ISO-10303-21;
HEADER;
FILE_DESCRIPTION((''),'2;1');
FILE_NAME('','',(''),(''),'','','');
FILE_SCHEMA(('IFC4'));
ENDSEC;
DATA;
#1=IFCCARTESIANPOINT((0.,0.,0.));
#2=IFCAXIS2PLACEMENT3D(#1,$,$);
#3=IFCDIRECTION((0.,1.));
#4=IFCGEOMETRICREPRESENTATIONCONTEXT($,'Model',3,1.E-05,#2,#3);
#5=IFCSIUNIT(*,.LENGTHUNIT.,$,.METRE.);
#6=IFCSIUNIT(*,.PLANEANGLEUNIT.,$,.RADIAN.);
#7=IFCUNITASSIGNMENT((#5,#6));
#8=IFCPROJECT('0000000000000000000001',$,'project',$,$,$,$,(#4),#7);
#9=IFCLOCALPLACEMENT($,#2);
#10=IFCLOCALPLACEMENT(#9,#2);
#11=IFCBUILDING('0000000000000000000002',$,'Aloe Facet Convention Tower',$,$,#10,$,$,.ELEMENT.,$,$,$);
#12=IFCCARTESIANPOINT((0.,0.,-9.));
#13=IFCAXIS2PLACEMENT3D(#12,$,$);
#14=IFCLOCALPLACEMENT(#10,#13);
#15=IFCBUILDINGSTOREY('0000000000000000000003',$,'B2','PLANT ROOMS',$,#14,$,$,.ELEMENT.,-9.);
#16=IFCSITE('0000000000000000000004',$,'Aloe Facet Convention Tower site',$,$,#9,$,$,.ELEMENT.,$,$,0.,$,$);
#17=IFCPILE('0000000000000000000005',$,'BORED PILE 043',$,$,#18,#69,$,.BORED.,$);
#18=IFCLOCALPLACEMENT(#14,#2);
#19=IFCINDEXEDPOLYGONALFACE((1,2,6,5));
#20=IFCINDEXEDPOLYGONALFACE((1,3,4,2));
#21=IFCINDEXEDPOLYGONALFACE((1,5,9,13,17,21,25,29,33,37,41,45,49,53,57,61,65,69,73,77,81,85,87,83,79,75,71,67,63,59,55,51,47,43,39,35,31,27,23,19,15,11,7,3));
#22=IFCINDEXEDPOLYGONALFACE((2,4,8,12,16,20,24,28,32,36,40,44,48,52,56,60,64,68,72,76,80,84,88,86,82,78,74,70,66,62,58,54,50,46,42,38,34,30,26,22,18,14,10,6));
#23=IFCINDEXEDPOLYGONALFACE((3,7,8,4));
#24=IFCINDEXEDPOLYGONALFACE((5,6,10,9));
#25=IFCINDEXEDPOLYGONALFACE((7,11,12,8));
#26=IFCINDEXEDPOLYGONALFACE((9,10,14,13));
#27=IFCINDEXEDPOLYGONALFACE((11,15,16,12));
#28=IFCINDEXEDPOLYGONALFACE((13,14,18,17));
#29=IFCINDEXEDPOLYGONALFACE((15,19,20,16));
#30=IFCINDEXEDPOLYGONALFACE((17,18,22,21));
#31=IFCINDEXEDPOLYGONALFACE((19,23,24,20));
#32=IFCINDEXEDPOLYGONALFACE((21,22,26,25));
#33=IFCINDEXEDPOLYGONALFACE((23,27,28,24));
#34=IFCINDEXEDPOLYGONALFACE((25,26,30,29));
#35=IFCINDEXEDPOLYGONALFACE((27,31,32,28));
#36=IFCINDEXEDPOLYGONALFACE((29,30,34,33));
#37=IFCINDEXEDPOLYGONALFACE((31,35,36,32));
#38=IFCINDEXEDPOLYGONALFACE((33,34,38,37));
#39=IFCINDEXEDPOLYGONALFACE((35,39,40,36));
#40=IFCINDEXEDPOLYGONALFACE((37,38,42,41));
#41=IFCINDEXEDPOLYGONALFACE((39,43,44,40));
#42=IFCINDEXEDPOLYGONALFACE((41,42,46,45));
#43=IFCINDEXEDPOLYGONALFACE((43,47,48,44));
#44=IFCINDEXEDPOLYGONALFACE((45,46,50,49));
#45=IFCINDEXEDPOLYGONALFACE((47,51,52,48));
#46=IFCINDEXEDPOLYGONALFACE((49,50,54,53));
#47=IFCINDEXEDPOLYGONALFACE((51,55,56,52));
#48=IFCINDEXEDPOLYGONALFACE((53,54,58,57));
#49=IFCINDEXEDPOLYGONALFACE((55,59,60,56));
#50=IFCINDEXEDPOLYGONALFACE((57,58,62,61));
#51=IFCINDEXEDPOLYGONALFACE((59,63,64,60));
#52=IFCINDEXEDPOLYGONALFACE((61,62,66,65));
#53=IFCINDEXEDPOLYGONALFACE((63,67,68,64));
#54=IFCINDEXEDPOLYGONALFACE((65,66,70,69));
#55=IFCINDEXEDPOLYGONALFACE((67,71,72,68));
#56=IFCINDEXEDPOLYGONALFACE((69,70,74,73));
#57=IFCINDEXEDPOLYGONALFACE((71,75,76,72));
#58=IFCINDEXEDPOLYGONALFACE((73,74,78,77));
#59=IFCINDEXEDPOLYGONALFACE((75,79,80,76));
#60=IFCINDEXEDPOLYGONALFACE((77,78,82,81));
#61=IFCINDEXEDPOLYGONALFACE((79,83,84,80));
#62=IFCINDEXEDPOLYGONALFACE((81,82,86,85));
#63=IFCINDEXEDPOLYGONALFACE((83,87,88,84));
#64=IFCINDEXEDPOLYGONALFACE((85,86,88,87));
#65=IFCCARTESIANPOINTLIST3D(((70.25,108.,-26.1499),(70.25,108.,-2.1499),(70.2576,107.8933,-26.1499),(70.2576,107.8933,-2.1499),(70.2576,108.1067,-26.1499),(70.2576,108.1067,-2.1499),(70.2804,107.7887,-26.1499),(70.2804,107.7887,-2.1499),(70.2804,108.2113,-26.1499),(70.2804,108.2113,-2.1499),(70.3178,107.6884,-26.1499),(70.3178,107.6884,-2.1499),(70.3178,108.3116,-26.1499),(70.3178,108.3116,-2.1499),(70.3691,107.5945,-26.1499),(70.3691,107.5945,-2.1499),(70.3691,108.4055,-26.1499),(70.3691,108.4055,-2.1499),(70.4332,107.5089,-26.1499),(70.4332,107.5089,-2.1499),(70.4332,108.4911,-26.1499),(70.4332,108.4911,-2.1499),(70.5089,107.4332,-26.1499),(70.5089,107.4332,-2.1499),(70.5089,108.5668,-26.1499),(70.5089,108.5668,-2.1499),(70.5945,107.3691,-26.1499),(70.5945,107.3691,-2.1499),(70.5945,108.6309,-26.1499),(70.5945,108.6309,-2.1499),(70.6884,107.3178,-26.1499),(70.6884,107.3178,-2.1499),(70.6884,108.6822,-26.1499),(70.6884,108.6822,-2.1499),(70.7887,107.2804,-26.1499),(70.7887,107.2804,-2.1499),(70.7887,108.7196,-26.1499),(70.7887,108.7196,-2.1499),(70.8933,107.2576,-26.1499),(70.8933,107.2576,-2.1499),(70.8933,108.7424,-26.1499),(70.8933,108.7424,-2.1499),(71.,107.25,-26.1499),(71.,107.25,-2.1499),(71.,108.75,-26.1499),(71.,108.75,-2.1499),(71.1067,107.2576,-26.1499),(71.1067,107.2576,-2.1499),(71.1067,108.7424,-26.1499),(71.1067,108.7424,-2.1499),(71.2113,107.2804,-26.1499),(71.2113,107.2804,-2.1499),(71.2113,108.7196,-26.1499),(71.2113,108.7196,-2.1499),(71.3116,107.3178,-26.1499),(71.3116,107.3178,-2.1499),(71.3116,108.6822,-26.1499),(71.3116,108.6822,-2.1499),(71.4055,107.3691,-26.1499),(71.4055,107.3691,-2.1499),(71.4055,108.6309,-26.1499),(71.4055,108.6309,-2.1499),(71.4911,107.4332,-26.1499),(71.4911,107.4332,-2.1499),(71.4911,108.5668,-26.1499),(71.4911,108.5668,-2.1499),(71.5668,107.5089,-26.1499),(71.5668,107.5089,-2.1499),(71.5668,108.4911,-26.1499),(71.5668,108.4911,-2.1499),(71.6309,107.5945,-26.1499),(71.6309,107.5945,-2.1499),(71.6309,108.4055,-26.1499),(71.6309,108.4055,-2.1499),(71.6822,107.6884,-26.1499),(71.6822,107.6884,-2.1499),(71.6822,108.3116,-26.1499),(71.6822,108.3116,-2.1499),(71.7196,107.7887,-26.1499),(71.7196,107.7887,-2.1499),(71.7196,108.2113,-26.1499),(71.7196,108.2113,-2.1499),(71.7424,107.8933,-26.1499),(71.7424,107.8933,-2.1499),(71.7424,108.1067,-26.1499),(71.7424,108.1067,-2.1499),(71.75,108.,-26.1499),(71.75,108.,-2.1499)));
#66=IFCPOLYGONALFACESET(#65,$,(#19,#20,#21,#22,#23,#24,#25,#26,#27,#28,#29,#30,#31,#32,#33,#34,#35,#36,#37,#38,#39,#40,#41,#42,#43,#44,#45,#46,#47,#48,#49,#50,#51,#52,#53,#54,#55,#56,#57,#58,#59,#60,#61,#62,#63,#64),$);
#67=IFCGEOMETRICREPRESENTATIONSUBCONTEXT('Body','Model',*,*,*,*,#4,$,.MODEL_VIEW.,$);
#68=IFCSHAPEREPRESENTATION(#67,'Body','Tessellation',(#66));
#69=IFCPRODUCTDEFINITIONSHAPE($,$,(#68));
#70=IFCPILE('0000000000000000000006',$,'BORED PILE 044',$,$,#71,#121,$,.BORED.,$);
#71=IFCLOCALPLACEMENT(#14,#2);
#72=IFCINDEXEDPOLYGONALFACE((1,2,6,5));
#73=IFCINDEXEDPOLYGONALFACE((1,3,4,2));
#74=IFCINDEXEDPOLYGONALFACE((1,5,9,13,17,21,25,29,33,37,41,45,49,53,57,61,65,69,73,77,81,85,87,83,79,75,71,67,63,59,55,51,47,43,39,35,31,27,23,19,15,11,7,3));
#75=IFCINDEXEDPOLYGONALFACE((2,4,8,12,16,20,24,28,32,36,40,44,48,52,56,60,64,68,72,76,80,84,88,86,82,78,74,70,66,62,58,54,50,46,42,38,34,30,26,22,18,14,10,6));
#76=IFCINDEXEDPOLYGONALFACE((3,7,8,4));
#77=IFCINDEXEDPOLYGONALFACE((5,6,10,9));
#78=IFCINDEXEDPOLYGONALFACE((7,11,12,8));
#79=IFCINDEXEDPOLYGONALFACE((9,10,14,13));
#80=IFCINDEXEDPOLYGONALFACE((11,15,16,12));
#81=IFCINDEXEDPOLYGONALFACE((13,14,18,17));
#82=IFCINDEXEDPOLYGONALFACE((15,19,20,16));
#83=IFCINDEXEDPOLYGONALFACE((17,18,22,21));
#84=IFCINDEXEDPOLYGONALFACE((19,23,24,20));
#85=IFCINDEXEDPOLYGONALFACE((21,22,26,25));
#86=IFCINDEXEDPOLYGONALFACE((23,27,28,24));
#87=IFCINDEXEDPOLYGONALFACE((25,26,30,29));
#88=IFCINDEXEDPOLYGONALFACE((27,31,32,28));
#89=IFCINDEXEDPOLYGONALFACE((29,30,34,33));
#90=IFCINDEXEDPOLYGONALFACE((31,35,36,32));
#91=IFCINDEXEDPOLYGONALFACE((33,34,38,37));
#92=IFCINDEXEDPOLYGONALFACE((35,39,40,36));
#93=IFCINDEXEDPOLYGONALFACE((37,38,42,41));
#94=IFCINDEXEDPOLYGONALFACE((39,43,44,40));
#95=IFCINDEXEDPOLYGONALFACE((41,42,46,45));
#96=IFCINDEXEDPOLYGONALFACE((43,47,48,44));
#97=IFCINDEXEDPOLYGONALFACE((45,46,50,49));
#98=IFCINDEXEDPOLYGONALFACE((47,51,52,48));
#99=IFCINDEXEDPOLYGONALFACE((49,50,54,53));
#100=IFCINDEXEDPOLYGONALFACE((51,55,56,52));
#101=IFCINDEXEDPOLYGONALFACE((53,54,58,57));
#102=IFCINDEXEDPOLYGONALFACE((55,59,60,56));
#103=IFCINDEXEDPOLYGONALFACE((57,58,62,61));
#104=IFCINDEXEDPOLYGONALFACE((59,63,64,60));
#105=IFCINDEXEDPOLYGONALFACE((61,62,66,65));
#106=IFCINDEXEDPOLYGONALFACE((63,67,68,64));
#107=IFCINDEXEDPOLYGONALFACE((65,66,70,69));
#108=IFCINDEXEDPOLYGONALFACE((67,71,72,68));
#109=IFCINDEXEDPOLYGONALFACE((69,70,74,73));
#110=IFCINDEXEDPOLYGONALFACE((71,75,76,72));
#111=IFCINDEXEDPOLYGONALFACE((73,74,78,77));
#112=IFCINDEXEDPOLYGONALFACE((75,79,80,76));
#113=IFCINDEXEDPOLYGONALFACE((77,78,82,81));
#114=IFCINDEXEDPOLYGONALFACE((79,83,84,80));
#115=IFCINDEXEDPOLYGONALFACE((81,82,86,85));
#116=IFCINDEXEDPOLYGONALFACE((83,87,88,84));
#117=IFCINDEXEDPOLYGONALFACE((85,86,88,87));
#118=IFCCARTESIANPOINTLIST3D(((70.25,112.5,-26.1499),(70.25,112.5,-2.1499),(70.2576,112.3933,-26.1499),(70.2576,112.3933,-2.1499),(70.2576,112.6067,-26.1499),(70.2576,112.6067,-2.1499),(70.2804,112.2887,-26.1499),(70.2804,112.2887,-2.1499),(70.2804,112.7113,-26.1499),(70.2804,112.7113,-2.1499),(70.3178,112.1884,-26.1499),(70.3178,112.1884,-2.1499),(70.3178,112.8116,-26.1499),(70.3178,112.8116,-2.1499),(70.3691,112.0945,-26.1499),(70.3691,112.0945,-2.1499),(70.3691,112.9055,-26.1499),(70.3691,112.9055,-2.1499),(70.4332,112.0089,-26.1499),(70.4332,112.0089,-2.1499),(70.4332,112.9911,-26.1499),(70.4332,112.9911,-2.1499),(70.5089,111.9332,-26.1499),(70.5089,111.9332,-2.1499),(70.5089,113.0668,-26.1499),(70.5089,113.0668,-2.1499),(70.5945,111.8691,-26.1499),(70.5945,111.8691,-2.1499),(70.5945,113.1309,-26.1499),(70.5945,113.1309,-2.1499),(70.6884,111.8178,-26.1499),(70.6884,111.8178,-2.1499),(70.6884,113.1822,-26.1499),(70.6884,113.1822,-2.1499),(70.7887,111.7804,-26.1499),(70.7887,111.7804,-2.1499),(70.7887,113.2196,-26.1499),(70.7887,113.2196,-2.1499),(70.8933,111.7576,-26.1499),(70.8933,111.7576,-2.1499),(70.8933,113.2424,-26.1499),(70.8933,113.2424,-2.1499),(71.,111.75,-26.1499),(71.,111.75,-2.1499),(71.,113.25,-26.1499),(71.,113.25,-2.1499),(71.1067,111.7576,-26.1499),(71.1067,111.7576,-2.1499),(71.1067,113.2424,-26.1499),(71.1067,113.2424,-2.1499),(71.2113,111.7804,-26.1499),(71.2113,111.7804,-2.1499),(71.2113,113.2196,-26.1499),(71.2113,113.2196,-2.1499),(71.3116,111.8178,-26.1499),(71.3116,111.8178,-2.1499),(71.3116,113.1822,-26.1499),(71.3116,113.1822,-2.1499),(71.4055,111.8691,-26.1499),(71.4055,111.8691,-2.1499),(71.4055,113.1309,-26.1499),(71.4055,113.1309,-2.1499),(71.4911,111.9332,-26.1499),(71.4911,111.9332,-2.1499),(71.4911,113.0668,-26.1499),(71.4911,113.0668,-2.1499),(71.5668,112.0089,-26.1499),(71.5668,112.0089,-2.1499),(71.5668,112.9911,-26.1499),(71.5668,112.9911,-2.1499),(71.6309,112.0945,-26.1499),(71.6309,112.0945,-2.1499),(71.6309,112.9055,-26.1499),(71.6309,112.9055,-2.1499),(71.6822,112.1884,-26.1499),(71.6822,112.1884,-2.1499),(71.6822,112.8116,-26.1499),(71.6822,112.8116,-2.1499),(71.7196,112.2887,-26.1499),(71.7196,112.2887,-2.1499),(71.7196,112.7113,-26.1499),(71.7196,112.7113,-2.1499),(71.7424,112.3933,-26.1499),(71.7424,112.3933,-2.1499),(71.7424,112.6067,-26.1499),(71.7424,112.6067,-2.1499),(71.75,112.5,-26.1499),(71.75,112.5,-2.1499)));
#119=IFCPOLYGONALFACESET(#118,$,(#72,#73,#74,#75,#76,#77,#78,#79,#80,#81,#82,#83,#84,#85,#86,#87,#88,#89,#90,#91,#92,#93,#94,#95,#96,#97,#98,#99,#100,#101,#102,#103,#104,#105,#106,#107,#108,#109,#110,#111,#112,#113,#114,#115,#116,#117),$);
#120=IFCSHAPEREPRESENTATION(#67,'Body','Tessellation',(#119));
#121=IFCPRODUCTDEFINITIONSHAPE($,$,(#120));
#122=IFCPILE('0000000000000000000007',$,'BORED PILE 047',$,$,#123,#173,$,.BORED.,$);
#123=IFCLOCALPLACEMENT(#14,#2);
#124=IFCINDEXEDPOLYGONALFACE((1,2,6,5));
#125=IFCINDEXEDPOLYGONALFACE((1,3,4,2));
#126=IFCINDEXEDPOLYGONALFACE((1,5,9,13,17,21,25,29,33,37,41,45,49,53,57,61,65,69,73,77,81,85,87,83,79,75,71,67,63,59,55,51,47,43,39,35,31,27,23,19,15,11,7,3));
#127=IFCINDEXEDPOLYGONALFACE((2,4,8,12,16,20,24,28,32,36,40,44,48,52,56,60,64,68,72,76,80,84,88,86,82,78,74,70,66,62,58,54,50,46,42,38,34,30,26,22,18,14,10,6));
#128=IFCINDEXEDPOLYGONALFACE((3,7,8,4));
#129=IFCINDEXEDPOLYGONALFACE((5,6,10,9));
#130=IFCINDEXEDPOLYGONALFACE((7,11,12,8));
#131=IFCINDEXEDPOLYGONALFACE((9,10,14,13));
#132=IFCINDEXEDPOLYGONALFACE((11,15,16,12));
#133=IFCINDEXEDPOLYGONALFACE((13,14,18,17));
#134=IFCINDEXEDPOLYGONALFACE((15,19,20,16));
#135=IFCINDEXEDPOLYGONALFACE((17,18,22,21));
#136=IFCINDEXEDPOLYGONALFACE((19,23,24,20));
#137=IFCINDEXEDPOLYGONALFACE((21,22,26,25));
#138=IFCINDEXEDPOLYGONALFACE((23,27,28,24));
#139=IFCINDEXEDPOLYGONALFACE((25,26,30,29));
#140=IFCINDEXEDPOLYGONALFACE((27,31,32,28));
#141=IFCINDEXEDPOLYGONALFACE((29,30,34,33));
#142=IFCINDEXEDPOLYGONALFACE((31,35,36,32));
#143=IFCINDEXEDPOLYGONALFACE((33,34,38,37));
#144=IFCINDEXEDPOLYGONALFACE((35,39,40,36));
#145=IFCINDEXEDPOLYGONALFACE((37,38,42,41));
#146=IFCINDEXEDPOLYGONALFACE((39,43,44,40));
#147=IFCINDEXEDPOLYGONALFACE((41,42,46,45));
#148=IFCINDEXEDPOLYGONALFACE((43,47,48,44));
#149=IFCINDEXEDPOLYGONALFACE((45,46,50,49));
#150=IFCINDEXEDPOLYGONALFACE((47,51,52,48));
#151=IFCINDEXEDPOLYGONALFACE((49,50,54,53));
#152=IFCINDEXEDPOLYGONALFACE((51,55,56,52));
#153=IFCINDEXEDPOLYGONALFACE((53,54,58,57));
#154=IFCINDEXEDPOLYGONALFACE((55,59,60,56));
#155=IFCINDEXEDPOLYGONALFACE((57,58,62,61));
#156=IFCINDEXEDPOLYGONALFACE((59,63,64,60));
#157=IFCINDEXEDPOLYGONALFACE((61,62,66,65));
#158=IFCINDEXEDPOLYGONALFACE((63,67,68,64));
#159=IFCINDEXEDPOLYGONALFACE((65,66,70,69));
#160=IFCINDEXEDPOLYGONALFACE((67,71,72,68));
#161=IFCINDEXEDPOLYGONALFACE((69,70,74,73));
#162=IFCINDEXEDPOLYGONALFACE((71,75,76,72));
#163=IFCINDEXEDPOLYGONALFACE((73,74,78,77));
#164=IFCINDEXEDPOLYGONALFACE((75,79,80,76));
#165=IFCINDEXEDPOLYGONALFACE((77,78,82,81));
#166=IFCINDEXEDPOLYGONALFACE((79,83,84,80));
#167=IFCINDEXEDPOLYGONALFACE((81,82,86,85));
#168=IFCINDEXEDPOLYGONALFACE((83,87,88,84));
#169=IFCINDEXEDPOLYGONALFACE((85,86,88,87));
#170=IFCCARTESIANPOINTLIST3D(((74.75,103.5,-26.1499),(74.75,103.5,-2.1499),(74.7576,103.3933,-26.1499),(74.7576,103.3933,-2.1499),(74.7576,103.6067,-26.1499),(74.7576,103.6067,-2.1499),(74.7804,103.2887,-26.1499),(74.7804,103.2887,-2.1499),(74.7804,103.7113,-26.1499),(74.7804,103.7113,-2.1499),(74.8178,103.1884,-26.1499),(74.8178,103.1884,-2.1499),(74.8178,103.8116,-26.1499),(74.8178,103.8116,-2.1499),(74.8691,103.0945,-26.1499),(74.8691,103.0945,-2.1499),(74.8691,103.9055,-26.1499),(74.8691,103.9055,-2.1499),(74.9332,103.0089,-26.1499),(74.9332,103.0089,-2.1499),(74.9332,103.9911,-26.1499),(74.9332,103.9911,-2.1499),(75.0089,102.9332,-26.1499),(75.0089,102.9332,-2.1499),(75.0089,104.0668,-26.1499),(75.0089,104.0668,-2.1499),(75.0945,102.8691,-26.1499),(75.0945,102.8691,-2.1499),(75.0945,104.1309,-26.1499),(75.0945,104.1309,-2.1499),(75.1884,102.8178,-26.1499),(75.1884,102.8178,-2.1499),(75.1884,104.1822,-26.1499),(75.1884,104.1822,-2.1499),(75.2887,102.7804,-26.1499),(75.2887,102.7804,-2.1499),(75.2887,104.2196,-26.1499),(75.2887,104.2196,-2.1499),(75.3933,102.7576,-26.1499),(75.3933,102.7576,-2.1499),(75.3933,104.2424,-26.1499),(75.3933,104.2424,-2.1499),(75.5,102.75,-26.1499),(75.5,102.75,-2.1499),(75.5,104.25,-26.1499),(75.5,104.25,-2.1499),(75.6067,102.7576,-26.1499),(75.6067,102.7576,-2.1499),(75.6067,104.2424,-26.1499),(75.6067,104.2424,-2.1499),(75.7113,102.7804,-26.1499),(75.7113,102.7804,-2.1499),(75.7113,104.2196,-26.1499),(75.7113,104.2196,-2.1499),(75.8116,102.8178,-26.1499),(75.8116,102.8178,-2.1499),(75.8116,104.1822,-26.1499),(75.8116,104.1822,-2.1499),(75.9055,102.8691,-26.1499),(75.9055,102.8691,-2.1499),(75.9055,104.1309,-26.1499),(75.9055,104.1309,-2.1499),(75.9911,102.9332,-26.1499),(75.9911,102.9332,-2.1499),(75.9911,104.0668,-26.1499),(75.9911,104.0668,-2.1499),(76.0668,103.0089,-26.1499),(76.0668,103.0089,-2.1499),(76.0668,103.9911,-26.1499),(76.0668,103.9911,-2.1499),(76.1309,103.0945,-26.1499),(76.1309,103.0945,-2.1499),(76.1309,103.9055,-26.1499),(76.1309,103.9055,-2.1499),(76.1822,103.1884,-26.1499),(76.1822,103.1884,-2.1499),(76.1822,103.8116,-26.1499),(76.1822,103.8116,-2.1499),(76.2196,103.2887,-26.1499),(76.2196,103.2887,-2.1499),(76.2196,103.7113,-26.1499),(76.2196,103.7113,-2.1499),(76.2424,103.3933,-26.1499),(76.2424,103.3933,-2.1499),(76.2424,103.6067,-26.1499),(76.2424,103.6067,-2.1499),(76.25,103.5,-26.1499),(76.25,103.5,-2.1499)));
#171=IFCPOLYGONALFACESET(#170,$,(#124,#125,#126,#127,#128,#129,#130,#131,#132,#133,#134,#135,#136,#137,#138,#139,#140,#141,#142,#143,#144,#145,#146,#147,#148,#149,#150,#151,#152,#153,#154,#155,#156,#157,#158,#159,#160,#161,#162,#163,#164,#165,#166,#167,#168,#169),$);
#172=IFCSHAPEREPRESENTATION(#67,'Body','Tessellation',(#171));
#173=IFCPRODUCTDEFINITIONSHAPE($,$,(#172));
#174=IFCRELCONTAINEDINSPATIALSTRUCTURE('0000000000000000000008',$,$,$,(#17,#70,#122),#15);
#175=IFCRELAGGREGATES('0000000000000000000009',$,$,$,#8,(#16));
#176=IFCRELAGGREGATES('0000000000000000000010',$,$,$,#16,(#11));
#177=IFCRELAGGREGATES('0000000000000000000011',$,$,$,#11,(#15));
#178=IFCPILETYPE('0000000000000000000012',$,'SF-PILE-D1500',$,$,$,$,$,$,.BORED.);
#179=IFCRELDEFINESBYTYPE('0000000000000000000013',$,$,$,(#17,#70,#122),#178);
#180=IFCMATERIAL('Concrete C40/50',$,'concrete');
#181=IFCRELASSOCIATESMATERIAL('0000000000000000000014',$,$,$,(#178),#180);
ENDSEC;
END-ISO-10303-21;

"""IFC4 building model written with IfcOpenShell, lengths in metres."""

from ifc_helpers import new_model, si_unit, direction, frame, origin, origin_2d, place, context, subcontext, project, spatial, circle, extrude, material, material_profile, profile_set, type_object, element, save


model = new_model("IFC4")

# Units and contexts
model_context = context("Model", 3, precision=1e-05, world=origin(), true_north=direction((0.0, 1.0)))
body_context = subcontext(model_context, "Body", "Model", "MODEL_VIEW")
ifc_project = project(units=[si_unit("LENGTHUNIT", "METRE"), si_unit("PLANEANGLEUNIT", "RADIAN")], contexts=[model_context])

# Site, building, storey
site_placement = place(None, origin())
site = spatial("IfcSite", under=ifc_project, at=site_placement, Name="Aloe Facet Convention Tower site", CompositionType="ELEMENT", RefElevation=0.0)
building_placement = place(site_placement, origin())
building = spatial("IfcBuilding", under=site, at=building_placement, Name="Aloe Facet Convention Tower", CompositionType="ELEMENT")
storey_placement = place(building_placement, frame((0.0, 0.0, -9.0)))
storey = spatial("IfcBuildingStorey", under=building, at=storey_placement, Name="B2", Description="PLANT ROOMS", CompositionType="ELEMENT", Elevation=-9.0)

# Piles
ifc_material_1 = material(Name="Concrete C40/50", Category="concrete")
ifc_material_profile_1 = material_profile(ifc_material_1, circle(Radius=0.75, at=origin_2d()), Name="D1500")
ifc_profile_set_1 = profile_set([ifc_material_profile_1], Name="Concrete C40/50")
pile_type = type_object("IfcPileType", Name="SF-PILE-D1500", PredefinedType="BORED", material=ifc_profile_set_1)
for number, where, z_axis, x_axis, name in (
    (1, (71.0, 108.0, -2.1499), (0.0, 0.0, -1.0), (1.0, 0.0, 0.0), "BORED PILE 043"),
    (2, (71.0, 112.5, -2.1499), (0.0, 0.0, -1.0), (1.0, 0.0, 0.0), "BORED PILE 044"),
    (3, (75.5, 103.5, -2.1499), (0.0, 0.0, -1.0), (1.0, 0.0, 0.0), "BORED PILE 047"),
):
    element("IfcPile", number, at=place(storey_placement, frame(where, z_axis=z_axis, x_axis=x_axis)), inside=storey, type_object=pile_type, Name=name, PredefinedType="BORED", context=body_context, shape_type="SweptSolid", body=[
        extrude(circle(Radius=0.75, at=origin_2d()), origin(), (0.0, 0.0, 1.0), 24.0),
    ])

save(model, "model.ifc")
